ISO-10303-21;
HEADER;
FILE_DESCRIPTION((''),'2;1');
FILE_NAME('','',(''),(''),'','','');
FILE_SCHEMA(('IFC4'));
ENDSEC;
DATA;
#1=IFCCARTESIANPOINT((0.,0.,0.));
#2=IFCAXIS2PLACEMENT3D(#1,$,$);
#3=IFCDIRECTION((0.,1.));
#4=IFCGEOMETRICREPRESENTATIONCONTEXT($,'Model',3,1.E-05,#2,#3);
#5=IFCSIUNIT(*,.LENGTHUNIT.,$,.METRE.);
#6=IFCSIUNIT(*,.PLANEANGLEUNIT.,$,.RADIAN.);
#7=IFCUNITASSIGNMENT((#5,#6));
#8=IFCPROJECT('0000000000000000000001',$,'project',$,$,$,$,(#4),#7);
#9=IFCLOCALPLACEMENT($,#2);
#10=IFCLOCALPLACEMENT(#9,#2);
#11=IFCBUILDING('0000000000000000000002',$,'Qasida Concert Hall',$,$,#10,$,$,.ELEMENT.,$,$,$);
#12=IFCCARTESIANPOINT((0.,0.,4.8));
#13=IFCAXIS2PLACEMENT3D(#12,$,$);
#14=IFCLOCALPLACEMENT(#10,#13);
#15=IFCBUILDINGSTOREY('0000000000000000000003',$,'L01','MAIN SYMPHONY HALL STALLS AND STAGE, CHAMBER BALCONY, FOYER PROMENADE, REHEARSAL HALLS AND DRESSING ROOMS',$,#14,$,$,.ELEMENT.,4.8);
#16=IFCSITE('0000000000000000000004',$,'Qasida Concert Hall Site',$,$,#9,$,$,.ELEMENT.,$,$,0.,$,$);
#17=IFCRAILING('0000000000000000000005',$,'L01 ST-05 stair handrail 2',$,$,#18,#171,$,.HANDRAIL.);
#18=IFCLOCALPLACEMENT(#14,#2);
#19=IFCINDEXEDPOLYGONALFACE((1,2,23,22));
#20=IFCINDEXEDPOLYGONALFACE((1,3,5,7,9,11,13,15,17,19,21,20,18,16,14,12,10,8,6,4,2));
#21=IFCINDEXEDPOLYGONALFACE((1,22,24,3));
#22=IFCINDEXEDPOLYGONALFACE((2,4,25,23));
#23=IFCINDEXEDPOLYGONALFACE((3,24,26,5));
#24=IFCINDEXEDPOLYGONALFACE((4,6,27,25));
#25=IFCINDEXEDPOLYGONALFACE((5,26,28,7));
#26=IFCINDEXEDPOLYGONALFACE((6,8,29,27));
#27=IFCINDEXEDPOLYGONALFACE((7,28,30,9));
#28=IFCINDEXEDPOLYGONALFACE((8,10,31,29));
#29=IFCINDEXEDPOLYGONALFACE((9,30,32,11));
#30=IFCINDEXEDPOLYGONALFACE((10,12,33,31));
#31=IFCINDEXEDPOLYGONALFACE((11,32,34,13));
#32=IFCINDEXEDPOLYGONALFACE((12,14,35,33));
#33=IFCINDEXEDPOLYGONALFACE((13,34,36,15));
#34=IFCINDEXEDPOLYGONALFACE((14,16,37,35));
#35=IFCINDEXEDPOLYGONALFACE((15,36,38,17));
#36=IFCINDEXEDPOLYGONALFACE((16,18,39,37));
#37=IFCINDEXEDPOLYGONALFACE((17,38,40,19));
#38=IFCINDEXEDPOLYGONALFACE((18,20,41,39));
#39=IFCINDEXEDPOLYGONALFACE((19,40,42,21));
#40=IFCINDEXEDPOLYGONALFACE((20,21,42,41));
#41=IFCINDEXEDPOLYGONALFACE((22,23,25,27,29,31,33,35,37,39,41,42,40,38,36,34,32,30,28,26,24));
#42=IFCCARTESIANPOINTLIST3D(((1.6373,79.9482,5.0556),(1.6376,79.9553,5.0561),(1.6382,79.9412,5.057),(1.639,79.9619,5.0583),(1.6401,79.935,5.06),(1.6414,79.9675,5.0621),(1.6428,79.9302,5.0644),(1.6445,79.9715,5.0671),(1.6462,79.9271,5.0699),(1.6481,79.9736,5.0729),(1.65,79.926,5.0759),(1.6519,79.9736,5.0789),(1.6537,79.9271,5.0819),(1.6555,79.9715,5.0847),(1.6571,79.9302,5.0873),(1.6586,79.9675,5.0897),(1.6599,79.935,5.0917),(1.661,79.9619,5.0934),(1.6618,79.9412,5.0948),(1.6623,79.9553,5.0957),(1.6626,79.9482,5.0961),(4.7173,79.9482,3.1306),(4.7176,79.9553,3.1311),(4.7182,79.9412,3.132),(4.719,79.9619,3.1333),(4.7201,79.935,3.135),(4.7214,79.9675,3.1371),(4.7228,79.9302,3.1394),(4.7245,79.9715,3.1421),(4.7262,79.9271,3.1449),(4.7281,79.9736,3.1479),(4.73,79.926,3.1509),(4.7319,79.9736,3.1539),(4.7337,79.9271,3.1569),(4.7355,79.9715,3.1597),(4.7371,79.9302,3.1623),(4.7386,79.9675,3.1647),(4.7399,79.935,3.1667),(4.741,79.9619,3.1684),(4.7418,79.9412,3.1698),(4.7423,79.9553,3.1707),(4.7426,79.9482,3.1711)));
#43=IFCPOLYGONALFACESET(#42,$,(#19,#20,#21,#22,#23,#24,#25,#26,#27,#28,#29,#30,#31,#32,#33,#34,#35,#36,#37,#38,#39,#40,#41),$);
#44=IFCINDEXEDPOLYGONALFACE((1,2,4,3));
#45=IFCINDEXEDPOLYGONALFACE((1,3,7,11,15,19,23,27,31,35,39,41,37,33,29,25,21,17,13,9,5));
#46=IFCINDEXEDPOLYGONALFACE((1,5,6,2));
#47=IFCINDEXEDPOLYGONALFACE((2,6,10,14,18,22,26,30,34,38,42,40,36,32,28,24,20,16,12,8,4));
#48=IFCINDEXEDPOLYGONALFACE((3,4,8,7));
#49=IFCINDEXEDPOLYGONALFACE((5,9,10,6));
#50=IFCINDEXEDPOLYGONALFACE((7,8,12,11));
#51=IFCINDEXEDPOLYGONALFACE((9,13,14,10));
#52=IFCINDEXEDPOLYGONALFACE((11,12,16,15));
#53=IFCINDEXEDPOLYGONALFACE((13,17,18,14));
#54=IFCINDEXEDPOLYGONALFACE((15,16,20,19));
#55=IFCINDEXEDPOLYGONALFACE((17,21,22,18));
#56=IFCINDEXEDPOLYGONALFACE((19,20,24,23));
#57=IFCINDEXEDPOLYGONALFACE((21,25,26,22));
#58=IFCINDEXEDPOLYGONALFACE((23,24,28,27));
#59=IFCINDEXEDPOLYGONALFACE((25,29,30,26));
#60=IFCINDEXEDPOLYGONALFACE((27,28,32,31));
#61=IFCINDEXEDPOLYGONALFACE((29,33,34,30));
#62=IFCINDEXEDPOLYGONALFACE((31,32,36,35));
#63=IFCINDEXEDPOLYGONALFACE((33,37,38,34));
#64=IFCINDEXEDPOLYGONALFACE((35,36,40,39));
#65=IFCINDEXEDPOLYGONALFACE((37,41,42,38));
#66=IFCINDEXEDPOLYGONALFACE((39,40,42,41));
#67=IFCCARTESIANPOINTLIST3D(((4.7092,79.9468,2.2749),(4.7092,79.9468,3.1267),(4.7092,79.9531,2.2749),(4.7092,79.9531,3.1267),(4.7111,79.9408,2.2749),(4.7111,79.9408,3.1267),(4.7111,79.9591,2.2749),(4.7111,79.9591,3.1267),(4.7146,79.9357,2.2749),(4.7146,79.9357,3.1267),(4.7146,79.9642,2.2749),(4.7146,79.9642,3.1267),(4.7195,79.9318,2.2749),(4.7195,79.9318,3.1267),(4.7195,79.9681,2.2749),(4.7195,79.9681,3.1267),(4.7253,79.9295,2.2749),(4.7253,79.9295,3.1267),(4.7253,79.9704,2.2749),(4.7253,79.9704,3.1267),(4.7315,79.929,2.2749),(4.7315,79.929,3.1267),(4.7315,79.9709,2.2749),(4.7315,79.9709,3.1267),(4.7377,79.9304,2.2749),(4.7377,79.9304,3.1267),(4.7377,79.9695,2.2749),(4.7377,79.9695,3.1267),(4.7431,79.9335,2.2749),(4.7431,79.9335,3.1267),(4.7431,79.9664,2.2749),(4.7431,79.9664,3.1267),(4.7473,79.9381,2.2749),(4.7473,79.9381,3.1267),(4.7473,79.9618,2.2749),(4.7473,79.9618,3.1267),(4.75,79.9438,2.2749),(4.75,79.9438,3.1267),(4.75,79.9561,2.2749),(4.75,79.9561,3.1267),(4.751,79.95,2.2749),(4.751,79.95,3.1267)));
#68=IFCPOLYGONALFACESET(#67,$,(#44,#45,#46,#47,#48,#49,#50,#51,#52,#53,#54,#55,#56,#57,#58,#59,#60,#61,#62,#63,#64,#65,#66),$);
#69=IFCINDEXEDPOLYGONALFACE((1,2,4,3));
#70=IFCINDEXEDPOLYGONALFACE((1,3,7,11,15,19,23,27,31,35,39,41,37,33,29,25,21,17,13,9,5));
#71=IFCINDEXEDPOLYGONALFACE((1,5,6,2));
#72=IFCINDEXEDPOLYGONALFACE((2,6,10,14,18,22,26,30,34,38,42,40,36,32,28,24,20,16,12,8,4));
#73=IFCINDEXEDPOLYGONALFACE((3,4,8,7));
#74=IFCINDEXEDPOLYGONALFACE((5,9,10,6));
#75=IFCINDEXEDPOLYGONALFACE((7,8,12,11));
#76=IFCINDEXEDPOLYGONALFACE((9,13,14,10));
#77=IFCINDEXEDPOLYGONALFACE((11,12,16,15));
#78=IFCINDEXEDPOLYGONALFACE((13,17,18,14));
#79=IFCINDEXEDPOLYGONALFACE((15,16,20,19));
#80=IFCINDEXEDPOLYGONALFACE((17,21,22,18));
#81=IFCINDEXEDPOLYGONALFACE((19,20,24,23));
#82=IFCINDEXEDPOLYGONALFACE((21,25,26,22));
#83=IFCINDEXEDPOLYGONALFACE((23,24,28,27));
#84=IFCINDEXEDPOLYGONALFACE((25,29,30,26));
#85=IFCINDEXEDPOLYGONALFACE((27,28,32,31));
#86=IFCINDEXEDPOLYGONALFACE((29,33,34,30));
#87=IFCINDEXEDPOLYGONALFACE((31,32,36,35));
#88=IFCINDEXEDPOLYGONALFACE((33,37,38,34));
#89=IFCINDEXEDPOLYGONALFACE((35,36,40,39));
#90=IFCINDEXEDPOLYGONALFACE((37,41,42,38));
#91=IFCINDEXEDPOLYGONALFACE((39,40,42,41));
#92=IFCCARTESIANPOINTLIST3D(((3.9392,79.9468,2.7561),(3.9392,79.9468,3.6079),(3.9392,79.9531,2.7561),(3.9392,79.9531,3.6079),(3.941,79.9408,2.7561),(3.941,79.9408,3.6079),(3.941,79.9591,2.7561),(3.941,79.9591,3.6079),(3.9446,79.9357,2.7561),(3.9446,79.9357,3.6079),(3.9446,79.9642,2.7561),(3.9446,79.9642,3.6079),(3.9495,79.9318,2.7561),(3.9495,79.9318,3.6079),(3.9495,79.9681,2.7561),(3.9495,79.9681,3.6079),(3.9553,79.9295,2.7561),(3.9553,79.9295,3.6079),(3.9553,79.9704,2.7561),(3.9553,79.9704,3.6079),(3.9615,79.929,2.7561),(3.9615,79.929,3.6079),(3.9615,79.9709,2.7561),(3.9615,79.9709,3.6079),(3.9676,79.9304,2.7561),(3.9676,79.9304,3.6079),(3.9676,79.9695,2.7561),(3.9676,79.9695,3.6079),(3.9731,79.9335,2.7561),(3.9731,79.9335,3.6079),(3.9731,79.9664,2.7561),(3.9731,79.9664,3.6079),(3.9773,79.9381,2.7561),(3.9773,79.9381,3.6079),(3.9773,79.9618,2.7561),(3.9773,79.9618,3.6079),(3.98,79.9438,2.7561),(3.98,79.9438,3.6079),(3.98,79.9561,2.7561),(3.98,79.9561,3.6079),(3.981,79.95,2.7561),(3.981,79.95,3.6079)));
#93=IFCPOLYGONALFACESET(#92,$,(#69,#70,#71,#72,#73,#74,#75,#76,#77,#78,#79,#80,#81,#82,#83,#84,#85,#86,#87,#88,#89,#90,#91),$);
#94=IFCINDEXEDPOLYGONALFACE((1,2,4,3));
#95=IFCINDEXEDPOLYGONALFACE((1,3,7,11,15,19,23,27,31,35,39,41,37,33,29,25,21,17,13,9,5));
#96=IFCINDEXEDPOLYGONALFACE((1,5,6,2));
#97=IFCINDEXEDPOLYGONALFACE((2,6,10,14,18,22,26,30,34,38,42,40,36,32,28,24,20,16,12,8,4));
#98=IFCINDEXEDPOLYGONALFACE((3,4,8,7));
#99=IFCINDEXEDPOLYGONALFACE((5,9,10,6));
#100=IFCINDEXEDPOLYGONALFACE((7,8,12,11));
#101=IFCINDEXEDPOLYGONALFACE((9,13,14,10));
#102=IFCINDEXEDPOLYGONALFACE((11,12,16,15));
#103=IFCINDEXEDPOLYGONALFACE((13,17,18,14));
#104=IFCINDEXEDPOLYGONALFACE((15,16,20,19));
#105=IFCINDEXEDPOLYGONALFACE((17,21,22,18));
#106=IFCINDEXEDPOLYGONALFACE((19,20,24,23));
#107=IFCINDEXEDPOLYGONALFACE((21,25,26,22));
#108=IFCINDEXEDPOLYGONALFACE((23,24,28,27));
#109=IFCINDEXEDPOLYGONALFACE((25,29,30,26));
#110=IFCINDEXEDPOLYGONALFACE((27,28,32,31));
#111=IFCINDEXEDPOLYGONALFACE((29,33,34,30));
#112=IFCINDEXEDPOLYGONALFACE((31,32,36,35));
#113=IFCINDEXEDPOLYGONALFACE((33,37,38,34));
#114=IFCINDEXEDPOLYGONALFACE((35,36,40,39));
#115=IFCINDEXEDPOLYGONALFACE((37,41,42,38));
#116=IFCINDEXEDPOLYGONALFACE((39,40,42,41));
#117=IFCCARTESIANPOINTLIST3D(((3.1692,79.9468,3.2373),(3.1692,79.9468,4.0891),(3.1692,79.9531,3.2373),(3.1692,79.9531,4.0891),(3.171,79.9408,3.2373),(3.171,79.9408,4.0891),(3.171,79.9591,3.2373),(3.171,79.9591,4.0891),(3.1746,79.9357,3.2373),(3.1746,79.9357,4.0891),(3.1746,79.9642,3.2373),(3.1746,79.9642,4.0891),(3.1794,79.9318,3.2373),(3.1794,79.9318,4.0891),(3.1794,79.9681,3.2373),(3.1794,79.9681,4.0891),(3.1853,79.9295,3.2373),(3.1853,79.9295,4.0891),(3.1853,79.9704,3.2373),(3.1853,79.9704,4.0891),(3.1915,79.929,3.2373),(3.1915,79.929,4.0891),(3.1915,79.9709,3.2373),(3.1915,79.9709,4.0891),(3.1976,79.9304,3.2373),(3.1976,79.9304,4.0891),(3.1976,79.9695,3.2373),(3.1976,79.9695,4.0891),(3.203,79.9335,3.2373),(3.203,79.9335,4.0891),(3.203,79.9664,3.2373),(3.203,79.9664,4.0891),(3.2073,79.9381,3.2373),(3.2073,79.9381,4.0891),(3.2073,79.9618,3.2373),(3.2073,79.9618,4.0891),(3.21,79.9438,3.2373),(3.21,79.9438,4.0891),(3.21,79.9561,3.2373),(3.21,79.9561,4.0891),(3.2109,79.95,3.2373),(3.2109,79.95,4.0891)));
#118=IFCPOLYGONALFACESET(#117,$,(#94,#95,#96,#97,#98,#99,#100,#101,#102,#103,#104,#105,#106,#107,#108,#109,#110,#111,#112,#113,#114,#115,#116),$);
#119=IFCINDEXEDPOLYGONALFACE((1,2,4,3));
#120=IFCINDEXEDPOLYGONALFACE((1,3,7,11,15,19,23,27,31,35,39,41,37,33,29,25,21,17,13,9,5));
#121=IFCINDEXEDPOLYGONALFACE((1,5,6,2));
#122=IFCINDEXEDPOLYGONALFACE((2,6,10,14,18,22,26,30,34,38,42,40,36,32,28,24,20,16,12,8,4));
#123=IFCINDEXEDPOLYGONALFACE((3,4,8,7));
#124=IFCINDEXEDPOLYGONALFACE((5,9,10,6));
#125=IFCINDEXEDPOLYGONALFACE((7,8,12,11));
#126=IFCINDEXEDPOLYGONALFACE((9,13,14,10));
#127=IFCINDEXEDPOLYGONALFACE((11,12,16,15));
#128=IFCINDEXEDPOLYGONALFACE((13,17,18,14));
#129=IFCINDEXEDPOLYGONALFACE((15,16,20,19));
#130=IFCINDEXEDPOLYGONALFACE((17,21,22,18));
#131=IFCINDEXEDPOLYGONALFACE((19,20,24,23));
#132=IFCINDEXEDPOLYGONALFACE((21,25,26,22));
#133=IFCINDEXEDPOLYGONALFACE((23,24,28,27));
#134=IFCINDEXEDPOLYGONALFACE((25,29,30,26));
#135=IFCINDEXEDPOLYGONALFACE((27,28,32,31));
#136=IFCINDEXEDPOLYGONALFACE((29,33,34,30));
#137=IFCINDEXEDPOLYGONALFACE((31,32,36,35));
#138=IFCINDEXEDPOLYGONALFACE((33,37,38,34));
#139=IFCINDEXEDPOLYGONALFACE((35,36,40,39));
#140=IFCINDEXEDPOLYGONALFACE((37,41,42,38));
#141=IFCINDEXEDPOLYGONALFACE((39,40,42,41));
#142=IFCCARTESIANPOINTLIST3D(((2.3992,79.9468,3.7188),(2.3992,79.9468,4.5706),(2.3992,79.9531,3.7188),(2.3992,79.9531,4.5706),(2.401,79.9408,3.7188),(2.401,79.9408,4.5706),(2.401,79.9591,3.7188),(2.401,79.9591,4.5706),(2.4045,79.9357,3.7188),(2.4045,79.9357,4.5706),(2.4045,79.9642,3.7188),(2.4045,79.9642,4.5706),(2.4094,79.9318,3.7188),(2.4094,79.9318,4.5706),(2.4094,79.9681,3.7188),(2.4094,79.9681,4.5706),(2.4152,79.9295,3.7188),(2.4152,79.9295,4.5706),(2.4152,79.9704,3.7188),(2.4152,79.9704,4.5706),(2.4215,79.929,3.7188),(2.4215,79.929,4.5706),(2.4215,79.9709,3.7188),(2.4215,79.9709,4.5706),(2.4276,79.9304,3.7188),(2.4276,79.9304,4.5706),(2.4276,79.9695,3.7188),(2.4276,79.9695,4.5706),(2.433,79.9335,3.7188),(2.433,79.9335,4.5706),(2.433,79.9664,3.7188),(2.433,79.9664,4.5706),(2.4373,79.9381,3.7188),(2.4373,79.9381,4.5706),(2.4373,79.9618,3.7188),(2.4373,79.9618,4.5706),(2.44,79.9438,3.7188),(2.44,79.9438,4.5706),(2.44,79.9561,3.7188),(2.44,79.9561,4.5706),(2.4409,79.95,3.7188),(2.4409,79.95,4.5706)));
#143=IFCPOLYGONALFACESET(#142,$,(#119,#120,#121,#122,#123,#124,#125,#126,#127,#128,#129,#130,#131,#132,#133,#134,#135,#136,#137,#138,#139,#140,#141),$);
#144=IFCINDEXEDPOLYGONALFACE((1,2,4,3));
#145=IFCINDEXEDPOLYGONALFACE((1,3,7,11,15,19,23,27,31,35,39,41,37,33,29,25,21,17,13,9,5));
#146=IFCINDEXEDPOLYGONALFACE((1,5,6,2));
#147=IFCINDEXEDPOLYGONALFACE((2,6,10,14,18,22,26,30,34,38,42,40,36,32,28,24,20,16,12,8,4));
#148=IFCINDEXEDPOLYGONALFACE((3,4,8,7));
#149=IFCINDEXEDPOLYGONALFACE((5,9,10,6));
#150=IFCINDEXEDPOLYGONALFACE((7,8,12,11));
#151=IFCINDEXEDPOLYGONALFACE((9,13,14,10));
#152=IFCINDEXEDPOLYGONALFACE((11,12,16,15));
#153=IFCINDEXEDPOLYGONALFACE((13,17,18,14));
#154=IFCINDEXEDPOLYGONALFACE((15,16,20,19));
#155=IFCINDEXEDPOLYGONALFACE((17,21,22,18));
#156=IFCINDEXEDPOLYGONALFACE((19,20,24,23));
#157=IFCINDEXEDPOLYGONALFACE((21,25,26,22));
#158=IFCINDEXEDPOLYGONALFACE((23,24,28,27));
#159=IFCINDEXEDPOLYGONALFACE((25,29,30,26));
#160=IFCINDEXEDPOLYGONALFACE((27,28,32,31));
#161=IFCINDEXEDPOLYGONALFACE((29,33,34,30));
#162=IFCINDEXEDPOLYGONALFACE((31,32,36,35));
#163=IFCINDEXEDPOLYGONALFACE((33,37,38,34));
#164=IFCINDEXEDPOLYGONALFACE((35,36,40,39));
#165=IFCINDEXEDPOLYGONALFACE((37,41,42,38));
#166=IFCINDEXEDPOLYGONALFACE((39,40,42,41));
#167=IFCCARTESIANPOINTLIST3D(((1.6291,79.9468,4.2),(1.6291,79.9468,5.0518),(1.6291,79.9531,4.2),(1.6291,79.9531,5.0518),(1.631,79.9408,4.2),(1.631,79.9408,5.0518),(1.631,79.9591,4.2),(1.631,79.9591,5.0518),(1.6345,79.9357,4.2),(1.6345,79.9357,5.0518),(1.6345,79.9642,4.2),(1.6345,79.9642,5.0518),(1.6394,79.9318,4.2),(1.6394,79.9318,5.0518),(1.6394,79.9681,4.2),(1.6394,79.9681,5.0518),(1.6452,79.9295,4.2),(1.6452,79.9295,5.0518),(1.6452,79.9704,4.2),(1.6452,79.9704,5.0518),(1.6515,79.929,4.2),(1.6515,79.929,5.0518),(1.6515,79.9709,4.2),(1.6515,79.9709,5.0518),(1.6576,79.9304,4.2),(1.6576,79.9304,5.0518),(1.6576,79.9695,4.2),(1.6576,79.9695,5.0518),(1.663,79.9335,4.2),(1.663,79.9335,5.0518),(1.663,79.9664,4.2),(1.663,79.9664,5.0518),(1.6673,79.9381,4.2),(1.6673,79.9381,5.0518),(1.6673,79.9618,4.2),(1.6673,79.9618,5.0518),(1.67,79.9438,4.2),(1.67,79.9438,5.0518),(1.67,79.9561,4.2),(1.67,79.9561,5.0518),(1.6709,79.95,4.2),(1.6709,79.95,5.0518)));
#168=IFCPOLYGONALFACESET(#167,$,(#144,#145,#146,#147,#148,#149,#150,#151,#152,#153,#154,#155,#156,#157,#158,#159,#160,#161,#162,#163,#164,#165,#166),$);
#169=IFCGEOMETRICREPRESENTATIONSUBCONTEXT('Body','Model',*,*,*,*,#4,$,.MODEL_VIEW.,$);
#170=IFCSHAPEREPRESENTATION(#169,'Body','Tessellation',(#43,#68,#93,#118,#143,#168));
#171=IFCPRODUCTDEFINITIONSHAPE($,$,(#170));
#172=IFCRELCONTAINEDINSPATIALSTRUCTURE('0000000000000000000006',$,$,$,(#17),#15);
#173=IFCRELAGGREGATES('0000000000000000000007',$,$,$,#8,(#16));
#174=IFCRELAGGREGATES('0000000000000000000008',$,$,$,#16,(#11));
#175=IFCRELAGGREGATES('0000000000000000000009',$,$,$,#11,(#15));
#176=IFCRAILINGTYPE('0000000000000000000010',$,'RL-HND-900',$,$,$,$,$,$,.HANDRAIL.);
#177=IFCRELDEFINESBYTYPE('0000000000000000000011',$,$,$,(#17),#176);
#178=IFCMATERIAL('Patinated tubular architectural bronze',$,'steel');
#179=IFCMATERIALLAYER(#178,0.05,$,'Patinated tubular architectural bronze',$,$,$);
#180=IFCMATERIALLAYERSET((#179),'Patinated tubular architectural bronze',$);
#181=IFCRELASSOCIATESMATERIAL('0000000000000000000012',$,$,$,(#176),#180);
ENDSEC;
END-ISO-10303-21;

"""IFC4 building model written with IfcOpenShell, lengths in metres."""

from ifc_helpers import new_model, si_unit, direction, frame, origin, origin_2d, place, context, subcontext, project, spatial, circle, extrude, material, layer, layer_set, type_object, element, save


model = new_model("IFC4")

# Units and contexts
model_context = context("Model", 3, precision=1e-05, world=origin(), true_north=direction((0.0, 1.0)))
body_context = subcontext(model_context, "Body", "Model", "MODEL_VIEW")
ifc_project = project(units=[si_unit("LENGTHUNIT", "METRE"), si_unit("PLANEANGLEUNIT", "RADIAN")], contexts=[model_context])

# Site, building, storey
site_placement = place(None, origin())
site = spatial("IfcSite", under=ifc_project, at=site_placement, Name="Qasida Concert Hall Site", CompositionType="ELEMENT", RefElevation=0.0)
building_placement = place(site_placement, origin())
building = spatial("IfcBuilding", under=site, at=building_placement, Name="Qasida Concert Hall", CompositionType="ELEMENT")
storey_placement = place(building_placement, frame((0.0, 0.0, 4.8)))
storey = spatial("IfcBuildingStorey", under=building, at=storey_placement, Name="L01", Description="MAIN SYMPHONY HALL STALLS AND STAGE, CHAMBER BALCONY, FOYER PROMENADE, REHEARSAL HALLS AND DRESSING ROOMS", CompositionType="ELEMENT", Elevation=4.8)

# Railing
ifc_material_1 = material(Name="Patinated tubular architectural bronze", Category="steel")
ifc_layer_1 = layer(ifc_material_1, 0.05, Name="Patinated tubular architectural bronze")
ifc_layer_set_1 = layer_set([ifc_layer_1], Name="Patinated tubular architectural bronze")
railing_type_1 = type_object("IfcRailingType", Name="RL-HND-900", PredefinedType="HANDRAIL", material=ifc_layer_set_1)
railing_1_placement = place(storey_placement, frame((4.73, 79.95, 2.2749)))
element("IfcRailing", 1, at=railing_1_placement, inside=storey, type_object=railing_type_1, Name="L01 ST-05 stair handrail 2", PredefinedType="HANDRAIL", context=body_context, shape_type="SweptSolid", body=[
    extrude(circle(Radius=0.0239, at=origin_2d()), frame((0.0, 0.0, 0.876), z_axis=(-0.847998, 0.0, 0.529999), x_axis=(0.0, -1.0, 0.0)), (0.0, 0.0, 1.0), 3.6321),
    extrude(circle(Radius=0.021, at=origin_2d()), origin(), (0.0, 0.0, 1.0), 0.8518),
    extrude(circle(Radius=0.021, at=origin_2d()), frame((-0.77, 0.0, 0.4812)), (0.0, 0.0, 1.0), 0.8518),
    extrude(circle(Radius=0.021, at=origin_2d()), frame((-1.54, 0.0, 0.9624)), (0.0, 0.0, 1.0), 0.8518),
    extrude(circle(Radius=0.021, at=origin_2d()), frame((-2.3101, 0.0, 1.4438)), (0.0, 0.0, 1.0), 0.8518),
    extrude(circle(Radius=0.021, at=origin_2d()), frame((-3.0801, 0.0, 1.925)), (0.0, 0.0, 1.0), 0.8518),
])

save(model, "model.ifc")
